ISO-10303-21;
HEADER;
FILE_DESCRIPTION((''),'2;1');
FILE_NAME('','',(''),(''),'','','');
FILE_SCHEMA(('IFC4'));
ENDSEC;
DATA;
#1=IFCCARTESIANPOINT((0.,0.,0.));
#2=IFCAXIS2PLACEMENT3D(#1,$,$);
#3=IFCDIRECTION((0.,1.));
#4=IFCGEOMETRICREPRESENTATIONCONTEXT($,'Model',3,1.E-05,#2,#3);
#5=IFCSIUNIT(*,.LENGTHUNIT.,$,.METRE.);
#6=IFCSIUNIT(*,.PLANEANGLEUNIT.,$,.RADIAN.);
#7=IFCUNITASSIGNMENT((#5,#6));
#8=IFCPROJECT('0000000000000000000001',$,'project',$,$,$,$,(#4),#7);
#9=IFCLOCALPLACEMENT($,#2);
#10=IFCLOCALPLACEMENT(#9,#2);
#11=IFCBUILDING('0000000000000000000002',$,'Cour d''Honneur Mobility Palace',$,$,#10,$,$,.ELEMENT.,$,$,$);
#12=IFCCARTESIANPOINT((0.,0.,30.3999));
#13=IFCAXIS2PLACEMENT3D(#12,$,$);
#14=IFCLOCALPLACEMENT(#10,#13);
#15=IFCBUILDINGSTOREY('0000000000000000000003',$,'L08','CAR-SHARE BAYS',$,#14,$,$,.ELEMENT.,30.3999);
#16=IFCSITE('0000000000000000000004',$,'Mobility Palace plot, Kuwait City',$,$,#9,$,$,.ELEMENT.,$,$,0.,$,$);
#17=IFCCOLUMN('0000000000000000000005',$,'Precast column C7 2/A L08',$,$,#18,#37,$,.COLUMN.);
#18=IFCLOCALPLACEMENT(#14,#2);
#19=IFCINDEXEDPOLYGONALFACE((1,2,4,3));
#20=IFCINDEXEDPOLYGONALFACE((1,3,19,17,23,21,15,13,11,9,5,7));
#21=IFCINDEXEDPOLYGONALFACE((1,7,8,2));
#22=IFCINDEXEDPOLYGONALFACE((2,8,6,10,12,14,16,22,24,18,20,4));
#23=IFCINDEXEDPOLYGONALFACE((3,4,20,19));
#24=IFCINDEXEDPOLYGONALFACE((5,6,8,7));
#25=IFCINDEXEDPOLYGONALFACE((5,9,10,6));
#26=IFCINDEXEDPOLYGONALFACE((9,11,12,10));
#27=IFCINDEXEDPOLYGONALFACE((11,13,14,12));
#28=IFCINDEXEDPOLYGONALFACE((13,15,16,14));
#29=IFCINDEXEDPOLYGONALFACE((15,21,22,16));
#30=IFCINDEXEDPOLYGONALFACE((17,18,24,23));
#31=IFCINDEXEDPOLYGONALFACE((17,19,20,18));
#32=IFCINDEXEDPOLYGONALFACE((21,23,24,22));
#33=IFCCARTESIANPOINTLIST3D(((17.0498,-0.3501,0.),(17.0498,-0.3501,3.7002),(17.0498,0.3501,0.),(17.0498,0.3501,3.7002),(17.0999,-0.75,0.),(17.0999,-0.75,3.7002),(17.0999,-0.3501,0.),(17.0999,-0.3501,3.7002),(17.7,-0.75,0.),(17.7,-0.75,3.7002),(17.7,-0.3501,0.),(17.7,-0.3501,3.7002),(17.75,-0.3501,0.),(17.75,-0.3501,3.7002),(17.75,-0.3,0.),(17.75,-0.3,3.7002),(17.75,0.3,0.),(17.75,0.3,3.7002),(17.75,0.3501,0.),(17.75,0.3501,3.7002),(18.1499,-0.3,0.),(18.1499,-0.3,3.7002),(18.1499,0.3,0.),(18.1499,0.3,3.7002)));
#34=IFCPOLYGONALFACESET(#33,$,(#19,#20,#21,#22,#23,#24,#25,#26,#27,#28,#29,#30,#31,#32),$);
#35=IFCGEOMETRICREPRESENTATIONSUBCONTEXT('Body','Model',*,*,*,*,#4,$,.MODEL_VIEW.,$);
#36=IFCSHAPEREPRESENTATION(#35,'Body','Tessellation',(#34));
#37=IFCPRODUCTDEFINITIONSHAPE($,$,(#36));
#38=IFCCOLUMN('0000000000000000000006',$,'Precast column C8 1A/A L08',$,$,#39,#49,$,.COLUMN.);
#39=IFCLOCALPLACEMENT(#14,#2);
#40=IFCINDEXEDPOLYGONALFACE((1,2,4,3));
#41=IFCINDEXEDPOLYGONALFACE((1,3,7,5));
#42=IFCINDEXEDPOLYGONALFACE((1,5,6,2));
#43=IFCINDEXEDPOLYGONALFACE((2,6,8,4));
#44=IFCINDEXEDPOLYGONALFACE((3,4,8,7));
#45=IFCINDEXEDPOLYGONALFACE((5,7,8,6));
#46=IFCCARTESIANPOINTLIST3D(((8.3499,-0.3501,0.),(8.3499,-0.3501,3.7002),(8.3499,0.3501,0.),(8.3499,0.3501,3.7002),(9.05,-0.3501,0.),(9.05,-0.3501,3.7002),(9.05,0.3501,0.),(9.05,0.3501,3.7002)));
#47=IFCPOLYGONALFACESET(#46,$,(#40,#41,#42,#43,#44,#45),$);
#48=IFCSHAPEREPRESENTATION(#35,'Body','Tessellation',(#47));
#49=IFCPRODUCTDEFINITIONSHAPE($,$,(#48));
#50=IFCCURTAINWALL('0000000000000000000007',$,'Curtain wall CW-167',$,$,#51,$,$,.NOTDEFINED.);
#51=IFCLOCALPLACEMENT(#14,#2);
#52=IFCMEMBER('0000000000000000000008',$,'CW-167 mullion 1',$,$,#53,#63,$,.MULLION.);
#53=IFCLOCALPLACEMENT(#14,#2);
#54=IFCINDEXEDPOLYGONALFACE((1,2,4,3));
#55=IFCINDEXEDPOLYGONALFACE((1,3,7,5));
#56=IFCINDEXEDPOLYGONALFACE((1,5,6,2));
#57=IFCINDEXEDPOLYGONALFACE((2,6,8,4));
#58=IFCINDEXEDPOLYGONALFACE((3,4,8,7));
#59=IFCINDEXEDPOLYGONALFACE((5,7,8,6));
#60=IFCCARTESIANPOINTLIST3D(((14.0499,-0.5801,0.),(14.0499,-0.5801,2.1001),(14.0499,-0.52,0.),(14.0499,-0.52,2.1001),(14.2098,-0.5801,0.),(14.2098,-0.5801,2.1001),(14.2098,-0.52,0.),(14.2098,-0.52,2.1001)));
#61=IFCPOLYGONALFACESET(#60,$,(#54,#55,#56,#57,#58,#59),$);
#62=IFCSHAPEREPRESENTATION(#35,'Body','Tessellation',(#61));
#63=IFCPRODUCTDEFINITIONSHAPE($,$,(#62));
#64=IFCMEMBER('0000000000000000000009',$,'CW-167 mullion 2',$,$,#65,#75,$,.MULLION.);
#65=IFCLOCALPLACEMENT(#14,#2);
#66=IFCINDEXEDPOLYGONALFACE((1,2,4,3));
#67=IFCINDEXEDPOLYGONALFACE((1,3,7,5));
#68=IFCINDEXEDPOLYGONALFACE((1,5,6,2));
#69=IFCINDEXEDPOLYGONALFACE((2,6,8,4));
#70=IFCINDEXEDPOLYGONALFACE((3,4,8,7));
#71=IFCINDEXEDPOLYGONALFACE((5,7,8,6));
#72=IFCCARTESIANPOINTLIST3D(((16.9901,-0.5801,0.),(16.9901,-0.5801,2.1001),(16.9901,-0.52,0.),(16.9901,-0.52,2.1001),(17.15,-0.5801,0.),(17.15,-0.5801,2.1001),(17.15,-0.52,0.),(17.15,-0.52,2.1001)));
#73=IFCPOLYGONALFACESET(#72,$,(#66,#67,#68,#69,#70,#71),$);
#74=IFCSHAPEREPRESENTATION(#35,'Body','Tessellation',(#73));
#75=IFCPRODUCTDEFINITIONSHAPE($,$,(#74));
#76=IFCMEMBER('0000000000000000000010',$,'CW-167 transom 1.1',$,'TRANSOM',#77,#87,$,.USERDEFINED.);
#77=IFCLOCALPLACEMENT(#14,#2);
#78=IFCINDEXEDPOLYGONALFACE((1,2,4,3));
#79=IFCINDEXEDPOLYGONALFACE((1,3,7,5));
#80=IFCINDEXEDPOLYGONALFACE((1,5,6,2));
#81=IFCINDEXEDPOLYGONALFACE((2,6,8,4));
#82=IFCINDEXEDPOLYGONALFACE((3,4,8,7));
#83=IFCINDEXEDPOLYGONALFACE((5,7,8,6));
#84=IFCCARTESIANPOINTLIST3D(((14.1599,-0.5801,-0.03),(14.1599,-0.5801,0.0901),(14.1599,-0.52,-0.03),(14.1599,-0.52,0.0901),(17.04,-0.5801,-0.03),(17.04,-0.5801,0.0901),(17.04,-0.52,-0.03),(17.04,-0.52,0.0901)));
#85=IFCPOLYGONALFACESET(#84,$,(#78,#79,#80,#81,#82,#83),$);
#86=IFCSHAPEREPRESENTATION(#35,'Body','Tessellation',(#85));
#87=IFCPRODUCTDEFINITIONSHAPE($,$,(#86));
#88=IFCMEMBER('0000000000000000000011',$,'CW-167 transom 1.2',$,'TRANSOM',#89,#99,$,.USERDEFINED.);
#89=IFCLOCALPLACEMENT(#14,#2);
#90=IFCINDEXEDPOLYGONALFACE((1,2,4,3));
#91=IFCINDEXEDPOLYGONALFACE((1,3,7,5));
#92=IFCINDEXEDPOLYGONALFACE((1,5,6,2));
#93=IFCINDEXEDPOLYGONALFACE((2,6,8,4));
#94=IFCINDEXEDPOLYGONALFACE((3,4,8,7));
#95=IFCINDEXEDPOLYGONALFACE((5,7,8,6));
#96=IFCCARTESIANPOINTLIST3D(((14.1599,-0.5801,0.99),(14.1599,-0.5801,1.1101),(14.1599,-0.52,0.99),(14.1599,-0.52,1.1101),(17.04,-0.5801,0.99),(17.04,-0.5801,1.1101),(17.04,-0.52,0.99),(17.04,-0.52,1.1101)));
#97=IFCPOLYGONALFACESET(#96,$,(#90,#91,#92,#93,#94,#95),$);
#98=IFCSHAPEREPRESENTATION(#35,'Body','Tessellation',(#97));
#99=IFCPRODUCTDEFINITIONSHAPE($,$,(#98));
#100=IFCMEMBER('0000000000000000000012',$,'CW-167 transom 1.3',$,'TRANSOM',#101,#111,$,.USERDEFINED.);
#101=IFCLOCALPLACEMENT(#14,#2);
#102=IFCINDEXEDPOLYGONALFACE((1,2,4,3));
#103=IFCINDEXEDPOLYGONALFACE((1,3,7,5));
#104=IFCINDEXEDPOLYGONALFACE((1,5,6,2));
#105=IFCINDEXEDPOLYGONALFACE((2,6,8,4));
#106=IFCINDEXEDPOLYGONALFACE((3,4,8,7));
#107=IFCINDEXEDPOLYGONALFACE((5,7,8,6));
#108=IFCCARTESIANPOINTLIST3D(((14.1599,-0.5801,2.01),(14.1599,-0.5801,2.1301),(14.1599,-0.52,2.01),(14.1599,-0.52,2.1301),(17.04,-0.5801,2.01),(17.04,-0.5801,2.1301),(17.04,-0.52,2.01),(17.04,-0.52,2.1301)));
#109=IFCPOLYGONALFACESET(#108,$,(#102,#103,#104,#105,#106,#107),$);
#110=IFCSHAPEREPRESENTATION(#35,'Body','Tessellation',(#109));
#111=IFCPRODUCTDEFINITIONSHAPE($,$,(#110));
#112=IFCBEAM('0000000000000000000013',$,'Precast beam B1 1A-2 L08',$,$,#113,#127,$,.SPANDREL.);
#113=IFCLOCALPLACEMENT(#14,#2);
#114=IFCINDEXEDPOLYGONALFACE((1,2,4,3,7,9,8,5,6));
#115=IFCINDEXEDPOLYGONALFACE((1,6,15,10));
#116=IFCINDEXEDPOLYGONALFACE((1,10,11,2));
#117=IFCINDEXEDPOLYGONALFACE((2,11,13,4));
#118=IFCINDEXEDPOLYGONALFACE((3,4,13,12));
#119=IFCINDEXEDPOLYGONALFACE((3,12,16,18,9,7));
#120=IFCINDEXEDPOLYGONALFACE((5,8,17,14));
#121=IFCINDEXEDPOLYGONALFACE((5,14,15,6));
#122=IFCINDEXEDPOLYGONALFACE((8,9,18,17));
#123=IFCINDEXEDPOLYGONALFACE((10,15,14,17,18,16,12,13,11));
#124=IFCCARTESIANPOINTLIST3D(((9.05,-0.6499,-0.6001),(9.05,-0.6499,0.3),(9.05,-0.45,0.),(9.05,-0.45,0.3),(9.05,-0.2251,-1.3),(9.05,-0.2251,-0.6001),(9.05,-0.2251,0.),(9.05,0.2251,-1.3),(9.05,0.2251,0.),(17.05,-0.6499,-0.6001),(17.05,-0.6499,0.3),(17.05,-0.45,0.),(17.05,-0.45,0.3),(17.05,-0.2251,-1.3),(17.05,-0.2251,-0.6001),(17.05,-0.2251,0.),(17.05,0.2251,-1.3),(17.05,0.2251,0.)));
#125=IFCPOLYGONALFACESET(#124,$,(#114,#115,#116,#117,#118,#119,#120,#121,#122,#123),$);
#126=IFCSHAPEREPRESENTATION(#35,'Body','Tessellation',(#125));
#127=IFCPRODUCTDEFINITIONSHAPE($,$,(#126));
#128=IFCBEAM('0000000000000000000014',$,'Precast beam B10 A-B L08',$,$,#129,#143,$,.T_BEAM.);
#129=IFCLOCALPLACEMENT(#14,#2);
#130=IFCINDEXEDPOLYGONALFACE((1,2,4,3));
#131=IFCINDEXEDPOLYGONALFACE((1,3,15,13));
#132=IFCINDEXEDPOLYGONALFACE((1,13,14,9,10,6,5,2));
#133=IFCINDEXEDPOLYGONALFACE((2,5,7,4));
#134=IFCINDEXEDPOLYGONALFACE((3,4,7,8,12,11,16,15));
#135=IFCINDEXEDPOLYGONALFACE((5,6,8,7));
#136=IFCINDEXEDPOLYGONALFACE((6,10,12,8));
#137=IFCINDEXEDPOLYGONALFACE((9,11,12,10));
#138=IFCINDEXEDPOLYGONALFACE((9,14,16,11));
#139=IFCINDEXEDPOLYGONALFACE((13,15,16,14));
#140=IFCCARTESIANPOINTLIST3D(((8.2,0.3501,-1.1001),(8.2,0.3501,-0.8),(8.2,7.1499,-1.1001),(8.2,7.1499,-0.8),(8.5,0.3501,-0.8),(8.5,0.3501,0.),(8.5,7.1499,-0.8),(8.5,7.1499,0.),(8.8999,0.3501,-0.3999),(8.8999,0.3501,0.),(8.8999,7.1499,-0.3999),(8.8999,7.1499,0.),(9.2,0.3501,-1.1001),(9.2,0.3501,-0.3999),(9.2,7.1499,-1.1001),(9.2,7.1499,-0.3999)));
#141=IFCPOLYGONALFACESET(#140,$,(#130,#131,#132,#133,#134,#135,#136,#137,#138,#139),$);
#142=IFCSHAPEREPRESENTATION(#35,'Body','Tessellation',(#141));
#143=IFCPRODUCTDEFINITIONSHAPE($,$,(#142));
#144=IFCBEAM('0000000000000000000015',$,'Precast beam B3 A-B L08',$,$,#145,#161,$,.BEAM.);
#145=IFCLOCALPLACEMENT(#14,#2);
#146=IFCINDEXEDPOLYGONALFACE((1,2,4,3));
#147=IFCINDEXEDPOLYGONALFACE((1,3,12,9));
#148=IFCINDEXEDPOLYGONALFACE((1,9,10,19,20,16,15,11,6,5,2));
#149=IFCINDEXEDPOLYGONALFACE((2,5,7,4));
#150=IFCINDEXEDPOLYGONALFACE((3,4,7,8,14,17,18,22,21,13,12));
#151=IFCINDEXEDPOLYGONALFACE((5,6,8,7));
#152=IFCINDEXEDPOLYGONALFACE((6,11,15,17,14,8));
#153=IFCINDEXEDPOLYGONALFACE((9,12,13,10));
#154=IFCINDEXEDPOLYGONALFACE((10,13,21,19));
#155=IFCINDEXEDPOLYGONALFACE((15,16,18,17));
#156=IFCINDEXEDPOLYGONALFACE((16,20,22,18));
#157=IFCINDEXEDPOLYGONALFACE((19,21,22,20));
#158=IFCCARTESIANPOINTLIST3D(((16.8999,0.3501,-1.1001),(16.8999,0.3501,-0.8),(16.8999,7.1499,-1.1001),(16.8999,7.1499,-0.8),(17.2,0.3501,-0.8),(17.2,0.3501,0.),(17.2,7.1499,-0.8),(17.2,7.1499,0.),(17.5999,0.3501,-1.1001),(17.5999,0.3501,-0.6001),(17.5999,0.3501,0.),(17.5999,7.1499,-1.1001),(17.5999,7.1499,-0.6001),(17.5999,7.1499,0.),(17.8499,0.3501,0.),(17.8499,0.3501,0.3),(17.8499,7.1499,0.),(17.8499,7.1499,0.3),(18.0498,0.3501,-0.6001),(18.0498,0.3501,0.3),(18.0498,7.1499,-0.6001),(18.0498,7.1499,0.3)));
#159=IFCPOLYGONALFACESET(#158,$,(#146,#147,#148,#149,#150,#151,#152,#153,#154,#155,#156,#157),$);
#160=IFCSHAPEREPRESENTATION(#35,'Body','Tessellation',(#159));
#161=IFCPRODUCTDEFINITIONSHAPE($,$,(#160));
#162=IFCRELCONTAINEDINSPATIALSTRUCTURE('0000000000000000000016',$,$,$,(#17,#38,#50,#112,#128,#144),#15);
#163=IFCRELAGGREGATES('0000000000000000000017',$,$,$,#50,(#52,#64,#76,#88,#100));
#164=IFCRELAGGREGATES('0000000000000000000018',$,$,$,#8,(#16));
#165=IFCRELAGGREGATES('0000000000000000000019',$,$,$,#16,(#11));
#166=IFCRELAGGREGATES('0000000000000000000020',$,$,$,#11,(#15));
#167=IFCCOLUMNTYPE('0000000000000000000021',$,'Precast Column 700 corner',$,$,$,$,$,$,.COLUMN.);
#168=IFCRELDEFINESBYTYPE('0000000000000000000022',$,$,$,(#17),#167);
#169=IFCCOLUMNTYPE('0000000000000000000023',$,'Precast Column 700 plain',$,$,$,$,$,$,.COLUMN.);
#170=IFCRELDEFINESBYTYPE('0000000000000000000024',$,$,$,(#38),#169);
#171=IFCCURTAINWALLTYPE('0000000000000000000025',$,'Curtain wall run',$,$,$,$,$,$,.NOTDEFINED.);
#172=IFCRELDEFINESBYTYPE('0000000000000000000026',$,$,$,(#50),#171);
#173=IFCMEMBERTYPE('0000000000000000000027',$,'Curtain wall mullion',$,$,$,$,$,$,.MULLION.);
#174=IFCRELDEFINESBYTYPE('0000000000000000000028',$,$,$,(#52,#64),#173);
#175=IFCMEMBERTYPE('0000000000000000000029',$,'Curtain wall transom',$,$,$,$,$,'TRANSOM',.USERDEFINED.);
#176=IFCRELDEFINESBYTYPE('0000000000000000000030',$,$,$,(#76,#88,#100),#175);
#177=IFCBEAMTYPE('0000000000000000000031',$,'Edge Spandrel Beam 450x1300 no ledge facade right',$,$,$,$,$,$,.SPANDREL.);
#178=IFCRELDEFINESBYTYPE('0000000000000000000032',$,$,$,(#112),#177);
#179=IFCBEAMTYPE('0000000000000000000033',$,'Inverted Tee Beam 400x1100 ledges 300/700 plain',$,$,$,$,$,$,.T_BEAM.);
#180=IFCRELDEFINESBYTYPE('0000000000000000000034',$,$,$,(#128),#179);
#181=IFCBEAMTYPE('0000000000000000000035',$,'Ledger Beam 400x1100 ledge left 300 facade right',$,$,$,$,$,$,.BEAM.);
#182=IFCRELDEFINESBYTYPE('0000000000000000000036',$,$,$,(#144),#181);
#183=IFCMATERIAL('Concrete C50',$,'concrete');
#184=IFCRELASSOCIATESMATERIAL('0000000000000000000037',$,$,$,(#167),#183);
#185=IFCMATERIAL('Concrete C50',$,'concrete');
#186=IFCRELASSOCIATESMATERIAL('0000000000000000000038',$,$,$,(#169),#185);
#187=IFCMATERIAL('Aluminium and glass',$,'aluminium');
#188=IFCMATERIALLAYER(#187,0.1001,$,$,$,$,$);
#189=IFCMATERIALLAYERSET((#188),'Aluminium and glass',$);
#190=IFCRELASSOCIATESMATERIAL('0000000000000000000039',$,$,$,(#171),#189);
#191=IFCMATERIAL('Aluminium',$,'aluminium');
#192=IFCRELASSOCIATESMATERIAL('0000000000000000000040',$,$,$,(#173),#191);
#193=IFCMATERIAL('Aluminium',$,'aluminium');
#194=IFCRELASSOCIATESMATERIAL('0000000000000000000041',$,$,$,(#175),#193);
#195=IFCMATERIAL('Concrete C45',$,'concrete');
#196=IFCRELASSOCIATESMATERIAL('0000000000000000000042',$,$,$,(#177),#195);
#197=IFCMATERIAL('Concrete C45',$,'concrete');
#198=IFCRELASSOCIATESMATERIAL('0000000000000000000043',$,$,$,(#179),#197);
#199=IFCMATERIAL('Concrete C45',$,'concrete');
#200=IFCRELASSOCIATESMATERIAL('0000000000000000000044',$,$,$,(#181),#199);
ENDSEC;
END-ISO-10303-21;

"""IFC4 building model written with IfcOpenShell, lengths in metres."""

from ifc_helpers import new_model, si_unit, direction, frame, origin, origin_2d, place, context, subcontext, project, spatial, polyline, rectangle, outline, extrude, material, layer, layer_set, material_profile, profile_set, type_object, element, aggregate, save


model = new_model("IFC4")

# Units and contexts
model_context = context("Model", 3, precision=1e-05, world=origin(), true_north=direction((0.0, 1.0)))
body_context = subcontext(model_context, "Body", "Model", "MODEL_VIEW")
ifc_project = project(units=[si_unit("LENGTHUNIT", "METRE"), si_unit("PLANEANGLEUNIT", "RADIAN")], contexts=[model_context])

# Site, building, storey
site_placement = place(None, origin())
site = spatial("IfcSite", under=ifc_project, at=site_placement, Name="Mobility Palace plot, Kuwait City", CompositionType="ELEMENT", RefElevation=0.0)
building_placement = place(site_placement, origin())
building = spatial("IfcBuilding", under=site, at=building_placement, Name="Cour d'Honneur Mobility Palace", CompositionType="ELEMENT")
storey_placement = place(building_placement, frame((0.0, 0.0, 30.3999)))
storey = spatial("IfcBuildingStorey", under=building, at=storey_placement, Name="L08", Description="CAR-SHARE BAYS", CompositionType="ELEMENT", Elevation=30.3999)

# Columns
ifc_material_1 = material(Name="Concrete C50", Category="concrete")
ifc_material_profile_1 = material_profile(ifc_material_1, outline(polyline([(-0.3501, -0.3501), (0.3501, -0.3501), (0.3501, -0.3), (0.75, -0.3), (0.75, 0.3), (0.3501, 0.3), (0.3501, 0.3501), (0.3, 0.3501), (0.3, 0.75), (-0.3, 0.75), (-0.3, 0.3501), (-0.3501, 0.3501), (-0.3501, -0.3501)])), Name="PC C700 corner")
ifc_profile_set_1 = profile_set([ifc_material_profile_1], Name="Concrete C50")
column_type_1 = type_object("IfcColumnType", Name="Precast Column 700 corner", PredefinedType="COLUMN", material=ifc_profile_set_1)
column_1_placement = place(storey_placement, frame((17.3999, 0.0, 0.0), z_axis=(0.0, 0.0, 1.0), x_axis=(0.0, -1.0, 0.0)))
element("IfcColumn", 1, at=column_1_placement, inside=storey, type_object=column_type_1, Name="Precast column C7 2/A L08", PredefinedType="COLUMN", context=body_context, shape_type="SweptSolid", body=[
    extrude(outline(polyline([(-0.3501, -0.3501), (0.3501, -0.3501), (0.3501, -0.3), (0.75, -0.3), (0.75, 0.3), (0.3501, 0.3), (0.3501, 0.3501), (0.3, 0.3501), (0.3, 0.75), (-0.3, 0.75), (-0.3, 0.3501), (-0.3501, 0.3501), (-0.3501, -0.3501)])), origin(), (0.0, 0.0, 1.0), 3.7002),
])
ifc_material_2 = material(Name="Concrete C50", Category="concrete")
ifc_material_profile_2 = material_profile(ifc_material_2, outline(polyline([(-0.3501, -0.3501), (0.3501, -0.3501), (0.3501, 0.3501), (-0.3501, 0.3501), (-0.3501, -0.3501)])), Name="PC C700 plain")
ifc_profile_set_2 = profile_set([ifc_material_profile_2], Name="Concrete C50")
column_type_2 = type_object("IfcColumnType", Name="Precast Column 700 plain", PredefinedType="COLUMN", material=ifc_profile_set_2)
column_2_placement = place(storey_placement, frame((8.7, 0.0, 0.0), z_axis=(0.0, 0.0, 1.0), x_axis=(1.0, 0.0, 0.0)))
element("IfcColumn", 2, at=column_2_placement, inside=storey, type_object=column_type_2, Name="Precast column C8 1A/A L08", PredefinedType="COLUMN", context=body_context, shape_type="SweptSolid", body=[
    extrude(outline(polyline([(-0.3501, -0.3501), (0.3501, -0.3501), (0.3501, 0.3501), (-0.3501, 0.3501), (-0.3501, -0.3501)])), origin(), (0.0, 0.0, 1.0), 3.7002),
])

# Curtain wall, members
ifc_material_3 = material(Name="Aluminium and glass", Category="aluminium")
ifc_layer_1 = layer(ifc_material_3, 0.1001)
ifc_layer_set_1 = layer_set([ifc_layer_1], Name="Aluminium and glass")
curtain_wall_type = type_object("IfcCurtainWallType", Name="Curtain wall run", PredefinedType="NOTDEFINED", material=ifc_layer_set_1)
curtain_wall_placement = place(storey_placement, origin())
curtain_wall = element("IfcCurtainWall", 3, at=curtain_wall_placement, inside=storey, type_object=curtain_wall_type, Name="Curtain wall CW-167", PredefinedType="NOTDEFINED")
ifc_material_4 = material(Name="Aluminium", Category="aluminium")
ifc_material_profile_3 = material_profile(ifc_material_4, rectangle(XDim=0.0601, YDim=0.1599, at=origin_2d()), Name="Curtain wall mullion")
ifc_profile_set_3 = profile_set([ifc_material_profile_3], Name="Aluminium")
member_type_1 = type_object("IfcMemberType", Name="Curtain wall mullion", PredefinedType="MULLION", material=ifc_profile_set_3)
member_1_placement = place(storey_placement, frame((14.1299, -0.55, 0.0), z_axis=(0.0, 0.0, 1.0), x_axis=(0.0, 1.0, 0.0)))
member_1 = element("IfcMember", 4, at=member_1_placement, type_object=member_type_1, Name="CW-167 mullion 1", PredefinedType="MULLION", context=body_context, shape_type="SweptSolid", body=[
    extrude(rectangle(XDim=0.0601, YDim=0.1599, at=origin_2d()), origin(), (0.0, 0.0, 1.0), 2.1001),
])
member_2_placement = place(storey_placement, frame((17.0701, -0.55, 0.0), z_axis=(0.0, 0.0, 1.0), x_axis=(0.0, 1.0, 0.0)))
member_2 = element("IfcMember", 5, at=member_2_placement, type_object=member_type_1, Name="CW-167 mullion 2", PredefinedType="MULLION", context=body_context, shape_type="SweptSolid", body=[
    extrude(rectangle(XDim=0.0601, YDim=0.1599, at=origin_2d()), origin(), (0.0, 0.0, 1.0), 2.1001),
])
ifc_material_5 = material(Name="Aluminium", Category="aluminium")
ifc_material_profile_4 = material_profile(ifc_material_5, rectangle(XDim=0.0601, YDim=0.1201, at=origin_2d()), Name="Curtain wall transom")
ifc_profile_set_4 = profile_set([ifc_material_profile_4], Name="Aluminium")
member_type_2 = type_object("IfcMemberType", Name="Curtain wall transom", ElementType="TRANSOM", PredefinedType="USERDEFINED", material=ifc_profile_set_4)
member_3_placement = place(storey_placement, frame((14.1599, -0.55, 0.03), z_axis=(1.0, 0.0, 0.0), x_axis=(0.0, 1.0, 0.0)))
member_3 = element("IfcMember", 6, at=member_3_placement, type_object=member_type_2, Name="CW-167 transom 1.1", ObjectType="TRANSOM", PredefinedType="USERDEFINED", context=body_context, shape_type="SweptSolid", body=[
    extrude(rectangle(XDim=0.0601, YDim=0.1201, at=origin_2d()), origin(), (0.0, 0.0, 1.0), 2.8801),
])
member_4_placement = place(storey_placement, frame((14.1599, -0.55, 1.05), z_axis=(1.0, 0.0, 0.0), x_axis=(0.0, 1.0, 0.0)))
member_4 = element("IfcMember", 7, at=member_4_placement, type_object=member_type_2, Name="CW-167 transom 1.2", ObjectType="TRANSOM", PredefinedType="USERDEFINED", context=body_context, shape_type="SweptSolid", body=[
    extrude(rectangle(XDim=0.0601, YDim=0.1201, at=origin_2d()), origin(), (0.0, 0.0, 1.0), 2.8801),
])
member_5_placement = place(storey_placement, frame((14.1599, -0.55, 2.0701), z_axis=(1.0, 0.0, 0.0), x_axis=(0.0, 1.0, 0.0)))
member_5 = element("IfcMember", 8, at=member_5_placement, type_object=member_type_2, Name="CW-167 transom 1.3", ObjectType="TRANSOM", PredefinedType="USERDEFINED", context=body_context, shape_type="SweptSolid", body=[
    extrude(rectangle(XDim=0.0601, YDim=0.1201, at=origin_2d()), origin(), (0.0, 0.0, 1.0), 2.8801),
])

# Beams
ifc_material_6 = material(Name="Concrete C45", Category="concrete")
ifc_material_profile_5 = material_profile(ifc_material_6, outline(polyline([(0.2251, -1.3), (0.2251, 0.0), (-0.2251, 0.0), (-0.45, 0.0), (-0.45, 0.3), (-0.6499, 0.3), (-0.6499, -0.6001), (-0.2251, -0.6001), (-0.2251, -1.3), (0.2251, -1.3)])), Name="Edge Spandrel Beam 450x1300 no ledge facade right")
ifc_profile_set_5 = profile_set([ifc_material_profile_5], Name="Concrete C45")
beam_type_1 = type_object("IfcBeamType", Name="Edge Spandrel Beam 450x1300 no ledge facade right", PredefinedType="SPANDREL", material=ifc_profile_set_5)
beam_1_placement = place(storey_placement, frame((9.05, 0.0, 0.0), z_axis=(1.0, 0.0, 0.0), x_axis=(0.0, 1.0, 0.0)))
element("IfcBeam", 9, at=beam_1_placement, inside=storey, type_object=beam_type_1, Name="Precast beam B1 1A-2 L08", PredefinedType="SPANDREL", context=body_context, shape_type="SweptSolid", body=[
    extrude(outline(polyline([(0.2251, -1.3), (0.2251, 0.0), (-0.2251, 0.0), (-0.45, 0.0), (-0.45, 0.3), (-0.6499, 0.3), (-0.6499, -0.6001), (-0.2251, -0.6001), (-0.2251, -1.3), (0.2251, -1.3)])), origin(), (0.0, 0.0, 1.0), 8.0),
])
ifc_material_7 = material(Name="Concrete C45", Category="concrete")
ifc_material_profile_6 = material_profile(ifc_material_7, outline(polyline([(0.5, -1.1001), (0.5, -0.8), (0.2, -0.8), (0.2, 0.0), (-0.2, 0.0), (-0.2, -0.3999), (-0.5, -0.3999), (-0.5, -1.1001), (0.5, -1.1001)])), Name="Inverted Tee Beam 400x1100 ledges 300/700 plain")
ifc_profile_set_6 = profile_set([ifc_material_profile_6], Name="Concrete C45")
beam_type_2 = type_object("IfcBeamType", Name="Inverted Tee Beam 400x1100 ledges 300/700 plain", PredefinedType="T_BEAM", material=ifc_profile_set_6)
beam_2_placement = place(storey_placement, frame((8.7, 0.3501, 0.0), z_axis=(0.0, 1.0, 0.0), x_axis=(-1.0, 0.0, 0.0)))
element("IfcBeam", 10, at=beam_2_placement, inside=storey, type_object=beam_type_2, Name="Precast beam B10 A-B L08", PredefinedType="T_BEAM", context=body_context, shape_type="SweptSolid", body=[
    extrude(outline(polyline([(0.5, -1.1001), (0.5, -0.8), (0.2, -0.8), (0.2, 0.0), (-0.2, 0.0), (-0.2, -0.3999), (-0.5, -0.3999), (-0.5, -1.1001), (0.5, -1.1001)])), origin(), (0.0, 0.0, 1.0), 6.7998),
])
ifc_material_8 = material(Name="Concrete C45", Category="concrete")
ifc_material_profile_7 = material_profile(ifc_material_8, outline(polyline([(0.5, -1.1001), (0.5, -0.8), (0.2, -0.8), (0.2, 0.0), (-0.2, 0.0), (-0.45, 0.0), (-0.45, 0.3), (-0.6499, 0.3), (-0.6499, -0.6001), (-0.2, -0.6001), (-0.2, -1.1001), (0.5, -1.1001)])), Name="Ledger Beam 400x1100 ledge left 300 facade right")
ifc_profile_set_7 = profile_set([ifc_material_profile_7], Name="Concrete C45")
beam_type_3 = type_object("IfcBeamType", Name="Ledger Beam 400x1100 ledge left 300 facade right", PredefinedType="BEAM", material=ifc_profile_set_7)
beam_3_placement = place(storey_placement, frame((17.3999, 0.3501, 0.0), z_axis=(0.0, 1.0, 0.0), x_axis=(-1.0, 0.0, 0.0)))
element("IfcBeam", 11, at=beam_3_placement, inside=storey, type_object=beam_type_3, Name="Precast beam B3 A-B L08", PredefinedType="BEAM", context=body_context, shape_type="SweptSolid", body=[
    extrude(outline(polyline([(0.5, -1.1001), (0.5, -0.8), (0.2, -0.8), (0.2, 0.0), (-0.2, 0.0), (-0.45, 0.0), (-0.45, 0.3), (-0.6499, 0.3), (-0.6499, -0.6001), (-0.2, -0.6001), (-0.2, -1.1001), (0.5, -1.1001)])), origin(), (0.0, 0.0, 1.0), 6.7998),
])

aggregate(curtain_wall, [member_1, member_2, member_3, member_4, member_5])

save(model, "model.ifc")
